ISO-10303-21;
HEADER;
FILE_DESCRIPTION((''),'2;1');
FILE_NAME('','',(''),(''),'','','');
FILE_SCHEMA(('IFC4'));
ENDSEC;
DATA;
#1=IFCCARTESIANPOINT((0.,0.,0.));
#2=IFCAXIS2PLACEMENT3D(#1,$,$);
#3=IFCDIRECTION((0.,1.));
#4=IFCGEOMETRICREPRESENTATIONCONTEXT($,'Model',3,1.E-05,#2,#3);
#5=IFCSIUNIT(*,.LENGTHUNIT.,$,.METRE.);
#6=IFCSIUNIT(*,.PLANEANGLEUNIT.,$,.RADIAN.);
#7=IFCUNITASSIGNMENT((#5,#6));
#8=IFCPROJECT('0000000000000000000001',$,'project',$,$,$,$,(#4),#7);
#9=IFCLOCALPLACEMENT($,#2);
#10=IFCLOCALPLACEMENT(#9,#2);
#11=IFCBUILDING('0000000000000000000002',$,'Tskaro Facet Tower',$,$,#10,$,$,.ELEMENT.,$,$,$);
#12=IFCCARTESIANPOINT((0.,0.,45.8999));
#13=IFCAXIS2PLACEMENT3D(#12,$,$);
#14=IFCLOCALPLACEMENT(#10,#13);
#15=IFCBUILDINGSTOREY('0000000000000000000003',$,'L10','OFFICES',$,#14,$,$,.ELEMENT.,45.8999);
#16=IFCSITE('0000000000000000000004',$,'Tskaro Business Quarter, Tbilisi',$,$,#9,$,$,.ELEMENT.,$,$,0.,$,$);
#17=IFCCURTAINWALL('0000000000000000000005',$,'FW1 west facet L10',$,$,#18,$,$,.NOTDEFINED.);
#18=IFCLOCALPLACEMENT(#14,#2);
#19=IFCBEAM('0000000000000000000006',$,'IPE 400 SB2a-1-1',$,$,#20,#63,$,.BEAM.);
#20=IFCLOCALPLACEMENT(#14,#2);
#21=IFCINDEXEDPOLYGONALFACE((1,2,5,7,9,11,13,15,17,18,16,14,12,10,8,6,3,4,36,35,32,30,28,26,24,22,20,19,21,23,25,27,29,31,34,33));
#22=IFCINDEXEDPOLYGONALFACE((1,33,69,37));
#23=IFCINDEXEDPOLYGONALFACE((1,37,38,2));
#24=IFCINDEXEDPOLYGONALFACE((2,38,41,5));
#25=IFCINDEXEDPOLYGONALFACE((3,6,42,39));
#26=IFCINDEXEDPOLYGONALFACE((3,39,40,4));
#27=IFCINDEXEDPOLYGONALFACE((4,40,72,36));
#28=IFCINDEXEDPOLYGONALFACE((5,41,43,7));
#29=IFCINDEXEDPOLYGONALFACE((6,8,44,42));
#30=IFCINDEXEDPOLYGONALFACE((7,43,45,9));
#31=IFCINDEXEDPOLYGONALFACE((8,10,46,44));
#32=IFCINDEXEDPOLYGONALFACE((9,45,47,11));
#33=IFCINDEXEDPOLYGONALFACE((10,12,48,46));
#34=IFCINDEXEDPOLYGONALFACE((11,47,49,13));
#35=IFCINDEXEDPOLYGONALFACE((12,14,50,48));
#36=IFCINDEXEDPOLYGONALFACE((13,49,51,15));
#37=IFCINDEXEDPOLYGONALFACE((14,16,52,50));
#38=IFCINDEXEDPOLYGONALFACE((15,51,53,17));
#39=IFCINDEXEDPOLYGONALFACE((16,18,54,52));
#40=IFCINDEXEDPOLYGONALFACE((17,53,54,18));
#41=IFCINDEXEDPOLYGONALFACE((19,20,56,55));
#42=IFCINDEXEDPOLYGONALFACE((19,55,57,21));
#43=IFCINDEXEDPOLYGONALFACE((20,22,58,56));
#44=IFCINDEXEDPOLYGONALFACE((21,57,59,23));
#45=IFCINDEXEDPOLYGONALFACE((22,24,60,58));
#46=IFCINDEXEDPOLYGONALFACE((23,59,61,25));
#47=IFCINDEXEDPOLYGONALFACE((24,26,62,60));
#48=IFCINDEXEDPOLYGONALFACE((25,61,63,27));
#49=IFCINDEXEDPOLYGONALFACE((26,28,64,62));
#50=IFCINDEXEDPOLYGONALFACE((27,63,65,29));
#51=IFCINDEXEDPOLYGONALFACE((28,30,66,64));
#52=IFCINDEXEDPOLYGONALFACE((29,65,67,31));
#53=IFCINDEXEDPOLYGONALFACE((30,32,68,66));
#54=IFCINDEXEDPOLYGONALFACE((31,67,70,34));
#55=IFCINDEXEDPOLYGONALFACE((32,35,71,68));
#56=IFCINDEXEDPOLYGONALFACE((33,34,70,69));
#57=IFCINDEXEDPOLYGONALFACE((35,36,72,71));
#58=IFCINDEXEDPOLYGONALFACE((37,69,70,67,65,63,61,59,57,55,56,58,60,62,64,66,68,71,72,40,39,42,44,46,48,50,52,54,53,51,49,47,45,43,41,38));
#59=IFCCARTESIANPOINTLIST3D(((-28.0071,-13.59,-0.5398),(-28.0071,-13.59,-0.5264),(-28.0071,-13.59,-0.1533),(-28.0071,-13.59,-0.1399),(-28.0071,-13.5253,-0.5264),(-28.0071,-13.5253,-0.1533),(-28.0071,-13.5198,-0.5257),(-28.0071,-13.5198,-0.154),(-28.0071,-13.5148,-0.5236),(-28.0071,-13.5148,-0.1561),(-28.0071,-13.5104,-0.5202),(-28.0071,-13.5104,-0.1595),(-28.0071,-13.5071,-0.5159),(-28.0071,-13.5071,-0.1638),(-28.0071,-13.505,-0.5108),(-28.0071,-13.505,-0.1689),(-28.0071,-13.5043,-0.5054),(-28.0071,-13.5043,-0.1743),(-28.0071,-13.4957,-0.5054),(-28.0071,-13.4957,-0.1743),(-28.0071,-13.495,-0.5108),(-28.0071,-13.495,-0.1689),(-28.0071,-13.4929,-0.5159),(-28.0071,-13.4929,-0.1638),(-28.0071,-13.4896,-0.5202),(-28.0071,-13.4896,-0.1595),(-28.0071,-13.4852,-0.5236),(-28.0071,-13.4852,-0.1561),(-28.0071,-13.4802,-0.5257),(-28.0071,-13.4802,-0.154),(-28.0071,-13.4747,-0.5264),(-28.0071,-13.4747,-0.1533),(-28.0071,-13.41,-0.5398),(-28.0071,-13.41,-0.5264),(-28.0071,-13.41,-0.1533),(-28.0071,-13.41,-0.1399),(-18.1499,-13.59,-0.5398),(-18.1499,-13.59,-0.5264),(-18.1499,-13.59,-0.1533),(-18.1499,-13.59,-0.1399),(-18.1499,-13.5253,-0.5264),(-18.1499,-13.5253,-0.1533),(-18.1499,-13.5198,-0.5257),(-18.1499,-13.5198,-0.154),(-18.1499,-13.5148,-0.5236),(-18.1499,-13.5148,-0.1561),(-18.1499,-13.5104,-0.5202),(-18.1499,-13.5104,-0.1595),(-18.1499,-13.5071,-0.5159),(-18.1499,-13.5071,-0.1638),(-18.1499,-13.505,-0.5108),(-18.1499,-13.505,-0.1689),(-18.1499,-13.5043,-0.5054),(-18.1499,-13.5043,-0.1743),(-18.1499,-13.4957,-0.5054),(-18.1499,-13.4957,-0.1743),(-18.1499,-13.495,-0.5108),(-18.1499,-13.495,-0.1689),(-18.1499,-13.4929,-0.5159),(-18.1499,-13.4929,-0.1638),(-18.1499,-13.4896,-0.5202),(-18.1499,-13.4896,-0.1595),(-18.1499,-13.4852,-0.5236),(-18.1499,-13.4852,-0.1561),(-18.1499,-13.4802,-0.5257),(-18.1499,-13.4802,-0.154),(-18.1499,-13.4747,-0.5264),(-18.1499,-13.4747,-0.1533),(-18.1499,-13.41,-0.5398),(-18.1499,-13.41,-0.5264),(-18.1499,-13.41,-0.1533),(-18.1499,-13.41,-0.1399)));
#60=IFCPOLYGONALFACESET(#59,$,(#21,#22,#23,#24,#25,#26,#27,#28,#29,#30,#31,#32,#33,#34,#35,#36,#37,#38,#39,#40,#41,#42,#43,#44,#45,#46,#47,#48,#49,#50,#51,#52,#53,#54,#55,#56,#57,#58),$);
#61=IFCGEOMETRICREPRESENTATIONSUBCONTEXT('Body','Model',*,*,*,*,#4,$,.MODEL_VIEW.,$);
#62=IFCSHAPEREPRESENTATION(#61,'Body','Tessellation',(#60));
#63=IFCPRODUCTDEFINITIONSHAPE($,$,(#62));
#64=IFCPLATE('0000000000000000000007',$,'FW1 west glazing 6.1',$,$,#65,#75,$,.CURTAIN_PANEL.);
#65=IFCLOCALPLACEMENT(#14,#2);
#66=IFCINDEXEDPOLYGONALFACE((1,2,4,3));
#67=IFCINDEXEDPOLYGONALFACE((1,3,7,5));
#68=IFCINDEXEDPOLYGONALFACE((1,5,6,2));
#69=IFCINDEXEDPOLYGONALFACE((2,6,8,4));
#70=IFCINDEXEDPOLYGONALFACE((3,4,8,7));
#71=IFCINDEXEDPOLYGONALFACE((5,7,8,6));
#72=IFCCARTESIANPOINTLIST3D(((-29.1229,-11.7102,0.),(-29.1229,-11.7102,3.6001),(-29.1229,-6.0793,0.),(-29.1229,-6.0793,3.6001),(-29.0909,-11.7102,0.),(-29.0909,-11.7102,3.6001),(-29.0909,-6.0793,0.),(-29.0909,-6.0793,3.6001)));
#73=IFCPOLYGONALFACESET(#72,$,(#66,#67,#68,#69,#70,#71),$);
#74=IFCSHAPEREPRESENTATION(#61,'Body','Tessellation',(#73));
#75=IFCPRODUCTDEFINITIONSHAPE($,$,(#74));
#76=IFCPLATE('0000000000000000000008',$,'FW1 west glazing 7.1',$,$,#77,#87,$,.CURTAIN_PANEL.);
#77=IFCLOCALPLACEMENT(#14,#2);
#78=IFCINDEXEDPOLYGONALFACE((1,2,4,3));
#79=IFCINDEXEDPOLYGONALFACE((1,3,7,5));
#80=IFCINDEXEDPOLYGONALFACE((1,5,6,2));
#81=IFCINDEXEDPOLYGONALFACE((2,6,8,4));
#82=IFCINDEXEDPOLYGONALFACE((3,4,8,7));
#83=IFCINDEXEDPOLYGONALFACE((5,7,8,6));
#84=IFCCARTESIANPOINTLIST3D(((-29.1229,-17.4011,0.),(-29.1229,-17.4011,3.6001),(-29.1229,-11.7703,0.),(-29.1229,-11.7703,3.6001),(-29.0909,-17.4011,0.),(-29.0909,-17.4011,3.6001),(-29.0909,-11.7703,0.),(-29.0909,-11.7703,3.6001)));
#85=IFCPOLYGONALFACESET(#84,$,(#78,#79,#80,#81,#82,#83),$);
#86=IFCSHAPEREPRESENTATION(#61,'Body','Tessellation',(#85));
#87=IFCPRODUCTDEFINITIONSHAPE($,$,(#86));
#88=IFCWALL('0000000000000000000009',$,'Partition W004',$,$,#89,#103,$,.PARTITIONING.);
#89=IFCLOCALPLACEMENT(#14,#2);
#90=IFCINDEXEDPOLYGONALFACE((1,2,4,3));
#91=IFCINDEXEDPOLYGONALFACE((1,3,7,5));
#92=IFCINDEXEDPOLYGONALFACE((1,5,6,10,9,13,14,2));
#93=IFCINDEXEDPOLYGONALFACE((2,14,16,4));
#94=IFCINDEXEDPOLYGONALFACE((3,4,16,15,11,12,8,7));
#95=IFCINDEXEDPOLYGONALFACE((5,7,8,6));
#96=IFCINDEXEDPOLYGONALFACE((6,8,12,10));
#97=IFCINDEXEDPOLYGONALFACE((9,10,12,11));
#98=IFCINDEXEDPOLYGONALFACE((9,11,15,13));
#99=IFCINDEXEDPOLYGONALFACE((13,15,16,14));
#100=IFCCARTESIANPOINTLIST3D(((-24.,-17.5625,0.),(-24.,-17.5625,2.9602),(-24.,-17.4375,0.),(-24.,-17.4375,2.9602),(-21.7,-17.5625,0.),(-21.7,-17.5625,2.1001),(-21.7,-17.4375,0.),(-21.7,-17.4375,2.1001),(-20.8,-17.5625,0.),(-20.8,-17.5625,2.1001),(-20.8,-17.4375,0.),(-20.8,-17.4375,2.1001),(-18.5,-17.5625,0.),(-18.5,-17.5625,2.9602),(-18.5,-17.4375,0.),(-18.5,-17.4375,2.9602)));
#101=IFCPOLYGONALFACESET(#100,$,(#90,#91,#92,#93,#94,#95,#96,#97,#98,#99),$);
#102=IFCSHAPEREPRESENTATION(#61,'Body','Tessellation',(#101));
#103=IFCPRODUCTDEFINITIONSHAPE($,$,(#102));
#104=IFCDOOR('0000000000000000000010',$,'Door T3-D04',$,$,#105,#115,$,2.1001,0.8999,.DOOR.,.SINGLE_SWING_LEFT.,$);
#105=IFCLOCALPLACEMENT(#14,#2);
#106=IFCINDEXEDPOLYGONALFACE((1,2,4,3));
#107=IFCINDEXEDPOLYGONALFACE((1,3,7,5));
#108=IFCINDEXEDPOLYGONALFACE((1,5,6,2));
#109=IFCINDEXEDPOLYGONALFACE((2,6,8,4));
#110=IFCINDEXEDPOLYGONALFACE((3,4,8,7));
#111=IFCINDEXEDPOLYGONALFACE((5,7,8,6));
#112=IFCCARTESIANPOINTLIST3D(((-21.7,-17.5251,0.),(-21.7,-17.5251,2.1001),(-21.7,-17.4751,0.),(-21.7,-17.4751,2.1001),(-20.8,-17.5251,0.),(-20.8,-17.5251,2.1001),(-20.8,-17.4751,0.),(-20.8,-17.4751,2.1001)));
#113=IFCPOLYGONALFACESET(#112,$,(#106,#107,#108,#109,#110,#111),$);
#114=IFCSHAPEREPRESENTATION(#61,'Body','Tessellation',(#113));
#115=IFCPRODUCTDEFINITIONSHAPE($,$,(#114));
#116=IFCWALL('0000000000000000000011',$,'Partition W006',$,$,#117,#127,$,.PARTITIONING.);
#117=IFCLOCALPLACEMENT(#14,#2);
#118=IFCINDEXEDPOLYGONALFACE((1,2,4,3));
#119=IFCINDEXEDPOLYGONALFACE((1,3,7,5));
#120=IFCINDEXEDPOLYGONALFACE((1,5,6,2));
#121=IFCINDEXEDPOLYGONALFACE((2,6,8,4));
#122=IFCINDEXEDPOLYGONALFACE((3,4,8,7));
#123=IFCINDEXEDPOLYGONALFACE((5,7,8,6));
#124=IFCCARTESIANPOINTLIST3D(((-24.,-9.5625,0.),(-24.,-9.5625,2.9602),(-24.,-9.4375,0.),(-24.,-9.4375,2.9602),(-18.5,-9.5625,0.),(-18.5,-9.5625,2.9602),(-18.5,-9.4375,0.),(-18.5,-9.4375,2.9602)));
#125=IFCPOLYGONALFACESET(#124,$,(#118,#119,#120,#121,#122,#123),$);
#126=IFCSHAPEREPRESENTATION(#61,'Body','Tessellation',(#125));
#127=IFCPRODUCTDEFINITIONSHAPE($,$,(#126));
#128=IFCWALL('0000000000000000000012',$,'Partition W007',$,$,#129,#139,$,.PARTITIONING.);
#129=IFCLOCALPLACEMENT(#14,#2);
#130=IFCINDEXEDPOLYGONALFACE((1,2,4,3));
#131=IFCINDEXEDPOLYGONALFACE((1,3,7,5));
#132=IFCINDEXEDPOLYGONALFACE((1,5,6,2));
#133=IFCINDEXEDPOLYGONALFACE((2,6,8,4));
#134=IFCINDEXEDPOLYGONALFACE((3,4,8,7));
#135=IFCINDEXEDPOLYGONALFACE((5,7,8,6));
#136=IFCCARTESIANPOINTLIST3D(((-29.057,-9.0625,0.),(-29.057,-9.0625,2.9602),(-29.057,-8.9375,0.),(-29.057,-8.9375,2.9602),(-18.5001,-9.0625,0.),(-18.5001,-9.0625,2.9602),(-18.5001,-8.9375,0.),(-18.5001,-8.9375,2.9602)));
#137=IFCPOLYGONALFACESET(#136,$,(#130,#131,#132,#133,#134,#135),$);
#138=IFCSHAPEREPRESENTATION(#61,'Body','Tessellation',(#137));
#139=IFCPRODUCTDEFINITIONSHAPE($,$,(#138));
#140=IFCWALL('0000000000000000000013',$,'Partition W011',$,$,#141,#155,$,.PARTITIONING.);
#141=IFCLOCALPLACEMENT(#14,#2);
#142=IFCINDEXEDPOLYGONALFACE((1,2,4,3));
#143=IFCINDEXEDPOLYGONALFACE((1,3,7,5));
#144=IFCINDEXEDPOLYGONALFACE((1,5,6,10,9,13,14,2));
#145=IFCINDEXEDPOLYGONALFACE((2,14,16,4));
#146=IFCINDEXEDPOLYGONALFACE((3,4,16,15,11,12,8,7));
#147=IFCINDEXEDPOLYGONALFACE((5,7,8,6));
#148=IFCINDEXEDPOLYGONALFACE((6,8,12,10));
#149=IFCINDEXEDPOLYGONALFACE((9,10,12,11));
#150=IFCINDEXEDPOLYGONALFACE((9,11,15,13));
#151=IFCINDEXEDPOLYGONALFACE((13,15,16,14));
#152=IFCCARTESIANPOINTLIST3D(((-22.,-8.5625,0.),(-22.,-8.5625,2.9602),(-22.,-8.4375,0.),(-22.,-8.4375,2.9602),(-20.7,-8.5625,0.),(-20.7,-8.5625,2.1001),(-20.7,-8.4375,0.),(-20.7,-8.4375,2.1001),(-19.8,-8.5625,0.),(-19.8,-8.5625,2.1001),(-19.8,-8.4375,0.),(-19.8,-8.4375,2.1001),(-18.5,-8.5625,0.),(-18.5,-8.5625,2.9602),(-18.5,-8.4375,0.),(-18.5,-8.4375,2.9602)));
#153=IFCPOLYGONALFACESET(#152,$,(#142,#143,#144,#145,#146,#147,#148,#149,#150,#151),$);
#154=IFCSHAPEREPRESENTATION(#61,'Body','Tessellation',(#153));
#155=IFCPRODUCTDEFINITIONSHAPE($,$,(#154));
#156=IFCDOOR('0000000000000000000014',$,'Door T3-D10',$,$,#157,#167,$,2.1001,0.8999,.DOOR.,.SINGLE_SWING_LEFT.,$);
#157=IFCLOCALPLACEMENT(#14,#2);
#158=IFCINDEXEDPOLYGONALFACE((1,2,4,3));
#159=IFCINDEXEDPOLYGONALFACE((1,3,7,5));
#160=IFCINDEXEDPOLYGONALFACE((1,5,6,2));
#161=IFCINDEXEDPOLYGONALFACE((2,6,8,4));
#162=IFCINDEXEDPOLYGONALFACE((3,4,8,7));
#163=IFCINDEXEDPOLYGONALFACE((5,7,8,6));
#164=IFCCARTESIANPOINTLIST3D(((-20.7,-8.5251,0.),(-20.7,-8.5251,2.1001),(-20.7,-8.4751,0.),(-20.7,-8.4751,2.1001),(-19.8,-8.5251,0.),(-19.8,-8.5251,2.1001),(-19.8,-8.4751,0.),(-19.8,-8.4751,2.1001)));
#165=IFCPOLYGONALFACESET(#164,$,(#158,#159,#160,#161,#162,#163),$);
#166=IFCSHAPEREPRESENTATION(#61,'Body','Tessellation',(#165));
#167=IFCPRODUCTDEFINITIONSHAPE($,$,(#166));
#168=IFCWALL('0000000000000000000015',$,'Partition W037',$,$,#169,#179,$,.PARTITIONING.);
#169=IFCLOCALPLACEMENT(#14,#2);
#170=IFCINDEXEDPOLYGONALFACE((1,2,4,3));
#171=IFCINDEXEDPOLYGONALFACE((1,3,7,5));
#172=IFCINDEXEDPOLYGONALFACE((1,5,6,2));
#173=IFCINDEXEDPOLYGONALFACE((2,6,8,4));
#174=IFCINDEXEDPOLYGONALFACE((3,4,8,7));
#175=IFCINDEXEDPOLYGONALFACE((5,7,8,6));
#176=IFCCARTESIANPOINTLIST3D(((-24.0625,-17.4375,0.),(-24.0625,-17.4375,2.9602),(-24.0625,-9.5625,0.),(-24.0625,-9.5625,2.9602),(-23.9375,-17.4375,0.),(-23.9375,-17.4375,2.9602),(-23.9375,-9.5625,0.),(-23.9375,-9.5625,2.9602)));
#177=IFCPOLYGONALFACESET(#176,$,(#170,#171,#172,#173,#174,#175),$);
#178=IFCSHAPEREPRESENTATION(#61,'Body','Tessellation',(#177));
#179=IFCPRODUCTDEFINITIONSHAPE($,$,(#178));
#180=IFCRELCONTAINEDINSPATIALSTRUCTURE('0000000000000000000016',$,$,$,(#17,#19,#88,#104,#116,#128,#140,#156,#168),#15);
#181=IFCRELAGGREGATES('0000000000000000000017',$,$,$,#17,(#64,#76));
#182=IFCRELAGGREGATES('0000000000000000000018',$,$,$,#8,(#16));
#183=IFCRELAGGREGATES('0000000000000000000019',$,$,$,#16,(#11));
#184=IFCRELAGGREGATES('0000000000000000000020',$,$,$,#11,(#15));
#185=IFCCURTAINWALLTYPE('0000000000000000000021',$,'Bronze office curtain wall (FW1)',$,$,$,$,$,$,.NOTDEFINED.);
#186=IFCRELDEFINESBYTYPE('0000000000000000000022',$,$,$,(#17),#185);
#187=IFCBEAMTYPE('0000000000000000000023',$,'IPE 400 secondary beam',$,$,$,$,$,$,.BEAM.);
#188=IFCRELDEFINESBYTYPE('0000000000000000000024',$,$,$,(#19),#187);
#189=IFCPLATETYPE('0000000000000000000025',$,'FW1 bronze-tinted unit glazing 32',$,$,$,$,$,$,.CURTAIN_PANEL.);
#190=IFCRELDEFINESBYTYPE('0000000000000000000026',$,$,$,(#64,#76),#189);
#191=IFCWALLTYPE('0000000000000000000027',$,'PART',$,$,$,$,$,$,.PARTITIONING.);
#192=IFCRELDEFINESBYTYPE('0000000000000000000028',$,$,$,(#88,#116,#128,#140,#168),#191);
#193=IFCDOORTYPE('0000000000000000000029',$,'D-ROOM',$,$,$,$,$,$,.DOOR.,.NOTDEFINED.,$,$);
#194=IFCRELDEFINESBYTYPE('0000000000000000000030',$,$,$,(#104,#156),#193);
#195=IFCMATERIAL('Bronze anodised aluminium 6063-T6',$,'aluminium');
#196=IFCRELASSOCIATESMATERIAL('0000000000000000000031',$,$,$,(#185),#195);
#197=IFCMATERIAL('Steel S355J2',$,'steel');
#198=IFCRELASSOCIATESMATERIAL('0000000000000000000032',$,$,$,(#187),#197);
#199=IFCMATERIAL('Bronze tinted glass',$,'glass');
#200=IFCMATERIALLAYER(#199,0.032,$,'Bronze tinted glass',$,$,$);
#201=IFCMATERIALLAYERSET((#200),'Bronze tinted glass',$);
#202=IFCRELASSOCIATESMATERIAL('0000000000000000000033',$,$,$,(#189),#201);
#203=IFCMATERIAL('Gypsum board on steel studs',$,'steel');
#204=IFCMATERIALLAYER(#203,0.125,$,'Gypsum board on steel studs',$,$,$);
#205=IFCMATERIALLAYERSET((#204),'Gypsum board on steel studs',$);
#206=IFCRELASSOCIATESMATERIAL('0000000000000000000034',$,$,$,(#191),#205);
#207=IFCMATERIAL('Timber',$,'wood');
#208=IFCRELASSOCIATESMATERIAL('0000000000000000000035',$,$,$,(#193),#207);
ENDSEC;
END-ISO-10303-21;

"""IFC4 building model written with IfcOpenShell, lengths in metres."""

from ifc_helpers import new_model, si_unit, direction, frame, frame_2d, origin, origin_2d, place, context, subcontext, project, spatial, rectangle, i_section, extrude, material, layer, layer_set, material_profile, profile_set, type_object, element, fill, aggregate, save


model = new_model("IFC4")

# Units and contexts
model_context = context("Model", 3, precision=1e-05, world=origin(), true_north=direction((0.0, 1.0)))
body_context = subcontext(model_context, "Body", "Model", "MODEL_VIEW")
ifc_project = project(units=[si_unit("LENGTHUNIT", "METRE"), si_unit("PLANEANGLEUNIT", "RADIAN")], contexts=[model_context])

# Site, building, storey
site_placement = place(None, origin())
site = spatial("IfcSite", under=ifc_project, at=site_placement, Name="Tskaro Business Quarter, Tbilisi", CompositionType="ELEMENT", RefElevation=0.0)
building_placement = place(site_placement, origin())
building = spatial("IfcBuilding", under=site, at=building_placement, Name="Tskaro Facet Tower", CompositionType="ELEMENT")
storey_placement = place(building_placement, frame((0.0, 0.0, 45.8999)))
storey = spatial("IfcBuildingStorey", under=building, at=storey_placement, Name="L10", Description="OFFICES", CompositionType="ELEMENT", Elevation=45.8999)

# Curtain wall
ifc_material_1 = material(Name="Bronze anodised aluminium 6063-T6", Category="aluminium")
curtain_wall_type = type_object("IfcCurtainWallType", Name="Bronze office curtain wall (FW1)", PredefinedType="NOTDEFINED", material=ifc_material_1)
curtain_wall_placement = place(storey_placement, origin())
curtain_wall = element("IfcCurtainWall", 1, at=curtain_wall_placement, inside=storey, type_object=curtain_wall_type, Name="FW1 west facet L10", PredefinedType="NOTDEFINED")

# Beam
ifc_material_2 = material(Name="Steel S355J2", Category="steel")
ifc_material_profile_1 = material_profile(ifc_material_2, i_section(OverallWidth=0.1799, OverallDepth=0.3999, WebThickness=0.0085, FlangeThickness=0.0134, FilletRadius=0.021, at=origin_2d()), Name="IPE 400")
ifc_profile_set_1 = profile_set([ifc_material_profile_1], Name="Steel S355J2")
beam_type_1 = type_object("IfcBeamType", Name="IPE 400 secondary beam", PredefinedType="BEAM", material=ifc_profile_set_1)
beam_1_placement = place(storey_placement, frame((-28.0071, -13.5, -0.3398), z_axis=(1.0, 0.0, 0.0), x_axis=(0.0, 1.0, 0.0)))
element("IfcBeam", 2, at=beam_1_placement, inside=storey, type_object=beam_type_1, Name="IPE 400 SB2a-1-1", PredefinedType="BEAM", context=body_context, shape_type="SweptSolid", body=[
    extrude(i_section(OverallWidth=0.1799, OverallDepth=0.3999, WebThickness=0.0085, FlangeThickness=0.0134, FilletRadius=0.021, at=origin_2d()), origin(), (0.0, 0.0, 1.0), 9.8572),
])

# Plates
ifc_material_3 = material(Name="Bronze tinted glass", Category="glass")
ifc_layer_1 = layer(ifc_material_3, 0.032, Name="Bronze tinted glass")
ifc_layer_set_1 = layer_set([ifc_layer_1], Name="Bronze tinted glass")
plate_type = type_object("IfcPlateType", Name="FW1 bronze-tinted unit glazing 32", PredefinedType="CURTAIN_PANEL", material=ifc_layer_set_1)
plate_1_placement = place(storey_placement, frame((-29.1069, -8.8948, 0.0), z_axis=(0.0, 0.0, 1.0), x_axis=(0.0, -1.0, 0.0)))
plate_1 = element("IfcPlate", 3, at=plate_1_placement, type_object=plate_type, Name="FW1 west glazing 6.1", PredefinedType="CURTAIN_PANEL", context=body_context, shape_type="SweptSolid", body=[
    extrude(rectangle(XDim=5.6309, YDim=0.032, at=origin_2d()), origin(), (0.0, 0.0, 1.0), 3.6001),
])
plate_2_placement = place(storey_placement, frame((-29.1069, -14.5857, 0.0), z_axis=(0.0, 0.0, 1.0), x_axis=(0.0, -1.0, 0.0)))
plate_2 = element("IfcPlate", 4, at=plate_2_placement, type_object=plate_type, Name="FW1 west glazing 7.1", PredefinedType="CURTAIN_PANEL", context=body_context, shape_type="SweptSolid", body=[
    extrude(rectangle(XDim=5.6309, YDim=0.032, at=origin_2d()), origin(), (0.0, 0.0, 1.0), 3.6001),
])
aggregate(curtain_wall, [plate_1, plate_2])

# Wall, opening, door
ifc_material_4 = material(Name="Gypsum board on steel studs", Category="steel")
ifc_layer_2 = layer(ifc_material_4, 0.125, Name="Gypsum board on steel studs")
ifc_layer_set_2 = layer_set([ifc_layer_2], Name="Gypsum board on steel studs")
wall_type = type_object("IfcWallType", Name="PART", PredefinedType="PARTITIONING", material=ifc_layer_set_2)
wall_1_placement = place(storey_placement, frame((-24.0, -17.5, 0.0), z_axis=(0.0, 0.0, 1.0), x_axis=(1.0, 0.0, 0.0)))
wall_1 = element("IfcWall", 5, at=wall_1_placement, inside=storey, type_object=wall_type, Name="Partition W004", PredefinedType="PARTITIONING", context=body_context, shape_type="SweptSolid", body=[
    extrude(rectangle(XDim=5.5, YDim=0.125, at=frame_2d((2.75, 0.0))), origin(), (0.0, 0.0, 1.0), 2.9602),
])
opening_1_placement = place(wall_1_placement, frame((2.3, 0.0, 0.0)))
opening_1 = element("IfcOpeningElement", 6, at=opening_1_placement, cuts=wall_1, PredefinedType="OPENING", context=body_context, shape_type="SweptSolid", body=[
    extrude(rectangle(XDim=0.8999, YDim=2.1001, at=frame_2d((0.45, 1.05))), frame((0.0, 0.0725, 0.0), z_axis=(0.0, -1.0, 0.0), x_axis=(1.0, 0.0, 0.0)), (0.0, 0.0, 1.0), 0.145),
])
ifc_material_5 = material(Name="Timber", Category="wood")
door_type = type_object("IfcDoorType", Name="D-ROOM", OperationType="NOTDEFINED", PredefinedType="DOOR", material=ifc_material_5)
door_1_placement = place(opening_1_placement, origin())
door_1 = element("IfcDoor", 7, at=door_1_placement, inside=storey, type_object=door_type, Name="Door T3-D04", OperationType="SINGLE_SWING_LEFT", OverallHeight=2.1001, OverallWidth=0.8999, PredefinedType="DOOR", context=body_context, shape_type="SweptSolid", body=[
    extrude(rectangle(XDim=0.8999, YDim=2.1001, at=frame_2d((0.45, 1.05))), frame((0.0, 0.0249, 0.0), z_axis=(0.0, -1.0, 0.0), x_axis=(1.0, 0.0, 0.0)), (0.0, 0.0, 1.0), 0.05),
])
fill(opening_1, door_1)

# Walls
wall_2_placement = place(storey_placement, frame((-24.0, -9.5, 0.0), z_axis=(0.0, 0.0, 1.0), x_axis=(1.0, 0.0, 0.0)))
element("IfcWall", 8, at=wall_2_placement, inside=storey, type_object=wall_type, Name="Partition W006", PredefinedType="PARTITIONING", context=body_context, shape_type="SweptSolid", body=[
    extrude(rectangle(XDim=5.5, YDim=0.125, at=frame_2d((2.75, 0.0))), origin(), (0.0, 0.0, 1.0), 2.9602),
])
wall_3_placement = place(storey_placement, frame((-29.0569, -9.0, 0.0), z_axis=(0.0, 0.0, 1.0), x_axis=(1.0, 0.0, 0.0)))
element("IfcWall", 9, at=wall_3_placement, inside=storey, type_object=wall_type, Name="Partition W007", PredefinedType="PARTITIONING", context=body_context, shape_type="SweptSolid", body=[
    extrude(rectangle(XDim=10.5569, YDim=0.125, at=frame_2d((5.2783, 0.0))), origin(), (0.0, 0.0, 1.0), 2.9602),
])

# Wall, opening, door
wall_4_placement = place(storey_placement, frame((-22.0, -8.5, 0.0), z_axis=(0.0, 0.0, 1.0), x_axis=(1.0, 0.0, 0.0)))
wall_4 = element("IfcWall", 10, at=wall_4_placement, inside=storey, type_object=wall_type, Name="Partition W011", PredefinedType="PARTITIONING", context=body_context, shape_type="SweptSolid", body=[
    extrude(rectangle(XDim=3.5, YDim=0.125, at=frame_2d((1.75, 0.0))), origin(), (0.0, 0.0, 1.0), 2.9602),
])
opening_2_placement = place(wall_4_placement, frame((1.3, 0.0, 0.0)))
opening_2 = element("IfcOpeningElement", 11, at=opening_2_placement, cuts=wall_4, PredefinedType="OPENING", context=body_context, shape_type="SweptSolid", body=[
    extrude(rectangle(XDim=0.8999, YDim=2.1001, at=frame_2d((0.45, 1.05))), frame((0.0, 0.0725, 0.0), z_axis=(0.0, -1.0, 0.0), x_axis=(1.0, 0.0, 0.0)), (0.0, 0.0, 1.0), 0.145),
])
door_2_placement = place(opening_2_placement, origin())
door_2 = element("IfcDoor", 12, at=door_2_placement, inside=storey, type_object=door_type, Name="Door T3-D10", OperationType="SINGLE_SWING_LEFT", OverallHeight=2.1001, OverallWidth=0.8999, PredefinedType="DOOR", context=body_context, shape_type="SweptSolid", body=[
    extrude(rectangle(XDim=0.8999, YDim=2.1001, at=frame_2d((0.45, 1.05))), frame((0.0, 0.0249, 0.0), z_axis=(0.0, -1.0, 0.0), x_axis=(1.0, 0.0, 0.0)), (0.0, 0.0, 1.0), 0.05),
])
fill(opening_2, door_2)

# Wall
for number, where, z_axis, x_axis, name in (
    (13, (-24.0, -17.4375, 0.0), (0.0, 0.0, 1.0), (0.0, 1.0, 0.0), "Partition W037"),
):
    element("IfcWall", number, at=place(storey_placement, frame(where, z_axis=z_axis, x_axis=x_axis)), inside=storey, type_object=wall_type, Name=name, PredefinedType="PARTITIONING", context=body_context, shape_type="SweptSolid", body=[
        extrude(rectangle(XDim=7.875, YDim=0.125, at=frame_2d((3.9375, 0.0))), origin(), (0.0, 0.0, 1.0), 2.9602),
    ])

save(model, "model.ifc")
